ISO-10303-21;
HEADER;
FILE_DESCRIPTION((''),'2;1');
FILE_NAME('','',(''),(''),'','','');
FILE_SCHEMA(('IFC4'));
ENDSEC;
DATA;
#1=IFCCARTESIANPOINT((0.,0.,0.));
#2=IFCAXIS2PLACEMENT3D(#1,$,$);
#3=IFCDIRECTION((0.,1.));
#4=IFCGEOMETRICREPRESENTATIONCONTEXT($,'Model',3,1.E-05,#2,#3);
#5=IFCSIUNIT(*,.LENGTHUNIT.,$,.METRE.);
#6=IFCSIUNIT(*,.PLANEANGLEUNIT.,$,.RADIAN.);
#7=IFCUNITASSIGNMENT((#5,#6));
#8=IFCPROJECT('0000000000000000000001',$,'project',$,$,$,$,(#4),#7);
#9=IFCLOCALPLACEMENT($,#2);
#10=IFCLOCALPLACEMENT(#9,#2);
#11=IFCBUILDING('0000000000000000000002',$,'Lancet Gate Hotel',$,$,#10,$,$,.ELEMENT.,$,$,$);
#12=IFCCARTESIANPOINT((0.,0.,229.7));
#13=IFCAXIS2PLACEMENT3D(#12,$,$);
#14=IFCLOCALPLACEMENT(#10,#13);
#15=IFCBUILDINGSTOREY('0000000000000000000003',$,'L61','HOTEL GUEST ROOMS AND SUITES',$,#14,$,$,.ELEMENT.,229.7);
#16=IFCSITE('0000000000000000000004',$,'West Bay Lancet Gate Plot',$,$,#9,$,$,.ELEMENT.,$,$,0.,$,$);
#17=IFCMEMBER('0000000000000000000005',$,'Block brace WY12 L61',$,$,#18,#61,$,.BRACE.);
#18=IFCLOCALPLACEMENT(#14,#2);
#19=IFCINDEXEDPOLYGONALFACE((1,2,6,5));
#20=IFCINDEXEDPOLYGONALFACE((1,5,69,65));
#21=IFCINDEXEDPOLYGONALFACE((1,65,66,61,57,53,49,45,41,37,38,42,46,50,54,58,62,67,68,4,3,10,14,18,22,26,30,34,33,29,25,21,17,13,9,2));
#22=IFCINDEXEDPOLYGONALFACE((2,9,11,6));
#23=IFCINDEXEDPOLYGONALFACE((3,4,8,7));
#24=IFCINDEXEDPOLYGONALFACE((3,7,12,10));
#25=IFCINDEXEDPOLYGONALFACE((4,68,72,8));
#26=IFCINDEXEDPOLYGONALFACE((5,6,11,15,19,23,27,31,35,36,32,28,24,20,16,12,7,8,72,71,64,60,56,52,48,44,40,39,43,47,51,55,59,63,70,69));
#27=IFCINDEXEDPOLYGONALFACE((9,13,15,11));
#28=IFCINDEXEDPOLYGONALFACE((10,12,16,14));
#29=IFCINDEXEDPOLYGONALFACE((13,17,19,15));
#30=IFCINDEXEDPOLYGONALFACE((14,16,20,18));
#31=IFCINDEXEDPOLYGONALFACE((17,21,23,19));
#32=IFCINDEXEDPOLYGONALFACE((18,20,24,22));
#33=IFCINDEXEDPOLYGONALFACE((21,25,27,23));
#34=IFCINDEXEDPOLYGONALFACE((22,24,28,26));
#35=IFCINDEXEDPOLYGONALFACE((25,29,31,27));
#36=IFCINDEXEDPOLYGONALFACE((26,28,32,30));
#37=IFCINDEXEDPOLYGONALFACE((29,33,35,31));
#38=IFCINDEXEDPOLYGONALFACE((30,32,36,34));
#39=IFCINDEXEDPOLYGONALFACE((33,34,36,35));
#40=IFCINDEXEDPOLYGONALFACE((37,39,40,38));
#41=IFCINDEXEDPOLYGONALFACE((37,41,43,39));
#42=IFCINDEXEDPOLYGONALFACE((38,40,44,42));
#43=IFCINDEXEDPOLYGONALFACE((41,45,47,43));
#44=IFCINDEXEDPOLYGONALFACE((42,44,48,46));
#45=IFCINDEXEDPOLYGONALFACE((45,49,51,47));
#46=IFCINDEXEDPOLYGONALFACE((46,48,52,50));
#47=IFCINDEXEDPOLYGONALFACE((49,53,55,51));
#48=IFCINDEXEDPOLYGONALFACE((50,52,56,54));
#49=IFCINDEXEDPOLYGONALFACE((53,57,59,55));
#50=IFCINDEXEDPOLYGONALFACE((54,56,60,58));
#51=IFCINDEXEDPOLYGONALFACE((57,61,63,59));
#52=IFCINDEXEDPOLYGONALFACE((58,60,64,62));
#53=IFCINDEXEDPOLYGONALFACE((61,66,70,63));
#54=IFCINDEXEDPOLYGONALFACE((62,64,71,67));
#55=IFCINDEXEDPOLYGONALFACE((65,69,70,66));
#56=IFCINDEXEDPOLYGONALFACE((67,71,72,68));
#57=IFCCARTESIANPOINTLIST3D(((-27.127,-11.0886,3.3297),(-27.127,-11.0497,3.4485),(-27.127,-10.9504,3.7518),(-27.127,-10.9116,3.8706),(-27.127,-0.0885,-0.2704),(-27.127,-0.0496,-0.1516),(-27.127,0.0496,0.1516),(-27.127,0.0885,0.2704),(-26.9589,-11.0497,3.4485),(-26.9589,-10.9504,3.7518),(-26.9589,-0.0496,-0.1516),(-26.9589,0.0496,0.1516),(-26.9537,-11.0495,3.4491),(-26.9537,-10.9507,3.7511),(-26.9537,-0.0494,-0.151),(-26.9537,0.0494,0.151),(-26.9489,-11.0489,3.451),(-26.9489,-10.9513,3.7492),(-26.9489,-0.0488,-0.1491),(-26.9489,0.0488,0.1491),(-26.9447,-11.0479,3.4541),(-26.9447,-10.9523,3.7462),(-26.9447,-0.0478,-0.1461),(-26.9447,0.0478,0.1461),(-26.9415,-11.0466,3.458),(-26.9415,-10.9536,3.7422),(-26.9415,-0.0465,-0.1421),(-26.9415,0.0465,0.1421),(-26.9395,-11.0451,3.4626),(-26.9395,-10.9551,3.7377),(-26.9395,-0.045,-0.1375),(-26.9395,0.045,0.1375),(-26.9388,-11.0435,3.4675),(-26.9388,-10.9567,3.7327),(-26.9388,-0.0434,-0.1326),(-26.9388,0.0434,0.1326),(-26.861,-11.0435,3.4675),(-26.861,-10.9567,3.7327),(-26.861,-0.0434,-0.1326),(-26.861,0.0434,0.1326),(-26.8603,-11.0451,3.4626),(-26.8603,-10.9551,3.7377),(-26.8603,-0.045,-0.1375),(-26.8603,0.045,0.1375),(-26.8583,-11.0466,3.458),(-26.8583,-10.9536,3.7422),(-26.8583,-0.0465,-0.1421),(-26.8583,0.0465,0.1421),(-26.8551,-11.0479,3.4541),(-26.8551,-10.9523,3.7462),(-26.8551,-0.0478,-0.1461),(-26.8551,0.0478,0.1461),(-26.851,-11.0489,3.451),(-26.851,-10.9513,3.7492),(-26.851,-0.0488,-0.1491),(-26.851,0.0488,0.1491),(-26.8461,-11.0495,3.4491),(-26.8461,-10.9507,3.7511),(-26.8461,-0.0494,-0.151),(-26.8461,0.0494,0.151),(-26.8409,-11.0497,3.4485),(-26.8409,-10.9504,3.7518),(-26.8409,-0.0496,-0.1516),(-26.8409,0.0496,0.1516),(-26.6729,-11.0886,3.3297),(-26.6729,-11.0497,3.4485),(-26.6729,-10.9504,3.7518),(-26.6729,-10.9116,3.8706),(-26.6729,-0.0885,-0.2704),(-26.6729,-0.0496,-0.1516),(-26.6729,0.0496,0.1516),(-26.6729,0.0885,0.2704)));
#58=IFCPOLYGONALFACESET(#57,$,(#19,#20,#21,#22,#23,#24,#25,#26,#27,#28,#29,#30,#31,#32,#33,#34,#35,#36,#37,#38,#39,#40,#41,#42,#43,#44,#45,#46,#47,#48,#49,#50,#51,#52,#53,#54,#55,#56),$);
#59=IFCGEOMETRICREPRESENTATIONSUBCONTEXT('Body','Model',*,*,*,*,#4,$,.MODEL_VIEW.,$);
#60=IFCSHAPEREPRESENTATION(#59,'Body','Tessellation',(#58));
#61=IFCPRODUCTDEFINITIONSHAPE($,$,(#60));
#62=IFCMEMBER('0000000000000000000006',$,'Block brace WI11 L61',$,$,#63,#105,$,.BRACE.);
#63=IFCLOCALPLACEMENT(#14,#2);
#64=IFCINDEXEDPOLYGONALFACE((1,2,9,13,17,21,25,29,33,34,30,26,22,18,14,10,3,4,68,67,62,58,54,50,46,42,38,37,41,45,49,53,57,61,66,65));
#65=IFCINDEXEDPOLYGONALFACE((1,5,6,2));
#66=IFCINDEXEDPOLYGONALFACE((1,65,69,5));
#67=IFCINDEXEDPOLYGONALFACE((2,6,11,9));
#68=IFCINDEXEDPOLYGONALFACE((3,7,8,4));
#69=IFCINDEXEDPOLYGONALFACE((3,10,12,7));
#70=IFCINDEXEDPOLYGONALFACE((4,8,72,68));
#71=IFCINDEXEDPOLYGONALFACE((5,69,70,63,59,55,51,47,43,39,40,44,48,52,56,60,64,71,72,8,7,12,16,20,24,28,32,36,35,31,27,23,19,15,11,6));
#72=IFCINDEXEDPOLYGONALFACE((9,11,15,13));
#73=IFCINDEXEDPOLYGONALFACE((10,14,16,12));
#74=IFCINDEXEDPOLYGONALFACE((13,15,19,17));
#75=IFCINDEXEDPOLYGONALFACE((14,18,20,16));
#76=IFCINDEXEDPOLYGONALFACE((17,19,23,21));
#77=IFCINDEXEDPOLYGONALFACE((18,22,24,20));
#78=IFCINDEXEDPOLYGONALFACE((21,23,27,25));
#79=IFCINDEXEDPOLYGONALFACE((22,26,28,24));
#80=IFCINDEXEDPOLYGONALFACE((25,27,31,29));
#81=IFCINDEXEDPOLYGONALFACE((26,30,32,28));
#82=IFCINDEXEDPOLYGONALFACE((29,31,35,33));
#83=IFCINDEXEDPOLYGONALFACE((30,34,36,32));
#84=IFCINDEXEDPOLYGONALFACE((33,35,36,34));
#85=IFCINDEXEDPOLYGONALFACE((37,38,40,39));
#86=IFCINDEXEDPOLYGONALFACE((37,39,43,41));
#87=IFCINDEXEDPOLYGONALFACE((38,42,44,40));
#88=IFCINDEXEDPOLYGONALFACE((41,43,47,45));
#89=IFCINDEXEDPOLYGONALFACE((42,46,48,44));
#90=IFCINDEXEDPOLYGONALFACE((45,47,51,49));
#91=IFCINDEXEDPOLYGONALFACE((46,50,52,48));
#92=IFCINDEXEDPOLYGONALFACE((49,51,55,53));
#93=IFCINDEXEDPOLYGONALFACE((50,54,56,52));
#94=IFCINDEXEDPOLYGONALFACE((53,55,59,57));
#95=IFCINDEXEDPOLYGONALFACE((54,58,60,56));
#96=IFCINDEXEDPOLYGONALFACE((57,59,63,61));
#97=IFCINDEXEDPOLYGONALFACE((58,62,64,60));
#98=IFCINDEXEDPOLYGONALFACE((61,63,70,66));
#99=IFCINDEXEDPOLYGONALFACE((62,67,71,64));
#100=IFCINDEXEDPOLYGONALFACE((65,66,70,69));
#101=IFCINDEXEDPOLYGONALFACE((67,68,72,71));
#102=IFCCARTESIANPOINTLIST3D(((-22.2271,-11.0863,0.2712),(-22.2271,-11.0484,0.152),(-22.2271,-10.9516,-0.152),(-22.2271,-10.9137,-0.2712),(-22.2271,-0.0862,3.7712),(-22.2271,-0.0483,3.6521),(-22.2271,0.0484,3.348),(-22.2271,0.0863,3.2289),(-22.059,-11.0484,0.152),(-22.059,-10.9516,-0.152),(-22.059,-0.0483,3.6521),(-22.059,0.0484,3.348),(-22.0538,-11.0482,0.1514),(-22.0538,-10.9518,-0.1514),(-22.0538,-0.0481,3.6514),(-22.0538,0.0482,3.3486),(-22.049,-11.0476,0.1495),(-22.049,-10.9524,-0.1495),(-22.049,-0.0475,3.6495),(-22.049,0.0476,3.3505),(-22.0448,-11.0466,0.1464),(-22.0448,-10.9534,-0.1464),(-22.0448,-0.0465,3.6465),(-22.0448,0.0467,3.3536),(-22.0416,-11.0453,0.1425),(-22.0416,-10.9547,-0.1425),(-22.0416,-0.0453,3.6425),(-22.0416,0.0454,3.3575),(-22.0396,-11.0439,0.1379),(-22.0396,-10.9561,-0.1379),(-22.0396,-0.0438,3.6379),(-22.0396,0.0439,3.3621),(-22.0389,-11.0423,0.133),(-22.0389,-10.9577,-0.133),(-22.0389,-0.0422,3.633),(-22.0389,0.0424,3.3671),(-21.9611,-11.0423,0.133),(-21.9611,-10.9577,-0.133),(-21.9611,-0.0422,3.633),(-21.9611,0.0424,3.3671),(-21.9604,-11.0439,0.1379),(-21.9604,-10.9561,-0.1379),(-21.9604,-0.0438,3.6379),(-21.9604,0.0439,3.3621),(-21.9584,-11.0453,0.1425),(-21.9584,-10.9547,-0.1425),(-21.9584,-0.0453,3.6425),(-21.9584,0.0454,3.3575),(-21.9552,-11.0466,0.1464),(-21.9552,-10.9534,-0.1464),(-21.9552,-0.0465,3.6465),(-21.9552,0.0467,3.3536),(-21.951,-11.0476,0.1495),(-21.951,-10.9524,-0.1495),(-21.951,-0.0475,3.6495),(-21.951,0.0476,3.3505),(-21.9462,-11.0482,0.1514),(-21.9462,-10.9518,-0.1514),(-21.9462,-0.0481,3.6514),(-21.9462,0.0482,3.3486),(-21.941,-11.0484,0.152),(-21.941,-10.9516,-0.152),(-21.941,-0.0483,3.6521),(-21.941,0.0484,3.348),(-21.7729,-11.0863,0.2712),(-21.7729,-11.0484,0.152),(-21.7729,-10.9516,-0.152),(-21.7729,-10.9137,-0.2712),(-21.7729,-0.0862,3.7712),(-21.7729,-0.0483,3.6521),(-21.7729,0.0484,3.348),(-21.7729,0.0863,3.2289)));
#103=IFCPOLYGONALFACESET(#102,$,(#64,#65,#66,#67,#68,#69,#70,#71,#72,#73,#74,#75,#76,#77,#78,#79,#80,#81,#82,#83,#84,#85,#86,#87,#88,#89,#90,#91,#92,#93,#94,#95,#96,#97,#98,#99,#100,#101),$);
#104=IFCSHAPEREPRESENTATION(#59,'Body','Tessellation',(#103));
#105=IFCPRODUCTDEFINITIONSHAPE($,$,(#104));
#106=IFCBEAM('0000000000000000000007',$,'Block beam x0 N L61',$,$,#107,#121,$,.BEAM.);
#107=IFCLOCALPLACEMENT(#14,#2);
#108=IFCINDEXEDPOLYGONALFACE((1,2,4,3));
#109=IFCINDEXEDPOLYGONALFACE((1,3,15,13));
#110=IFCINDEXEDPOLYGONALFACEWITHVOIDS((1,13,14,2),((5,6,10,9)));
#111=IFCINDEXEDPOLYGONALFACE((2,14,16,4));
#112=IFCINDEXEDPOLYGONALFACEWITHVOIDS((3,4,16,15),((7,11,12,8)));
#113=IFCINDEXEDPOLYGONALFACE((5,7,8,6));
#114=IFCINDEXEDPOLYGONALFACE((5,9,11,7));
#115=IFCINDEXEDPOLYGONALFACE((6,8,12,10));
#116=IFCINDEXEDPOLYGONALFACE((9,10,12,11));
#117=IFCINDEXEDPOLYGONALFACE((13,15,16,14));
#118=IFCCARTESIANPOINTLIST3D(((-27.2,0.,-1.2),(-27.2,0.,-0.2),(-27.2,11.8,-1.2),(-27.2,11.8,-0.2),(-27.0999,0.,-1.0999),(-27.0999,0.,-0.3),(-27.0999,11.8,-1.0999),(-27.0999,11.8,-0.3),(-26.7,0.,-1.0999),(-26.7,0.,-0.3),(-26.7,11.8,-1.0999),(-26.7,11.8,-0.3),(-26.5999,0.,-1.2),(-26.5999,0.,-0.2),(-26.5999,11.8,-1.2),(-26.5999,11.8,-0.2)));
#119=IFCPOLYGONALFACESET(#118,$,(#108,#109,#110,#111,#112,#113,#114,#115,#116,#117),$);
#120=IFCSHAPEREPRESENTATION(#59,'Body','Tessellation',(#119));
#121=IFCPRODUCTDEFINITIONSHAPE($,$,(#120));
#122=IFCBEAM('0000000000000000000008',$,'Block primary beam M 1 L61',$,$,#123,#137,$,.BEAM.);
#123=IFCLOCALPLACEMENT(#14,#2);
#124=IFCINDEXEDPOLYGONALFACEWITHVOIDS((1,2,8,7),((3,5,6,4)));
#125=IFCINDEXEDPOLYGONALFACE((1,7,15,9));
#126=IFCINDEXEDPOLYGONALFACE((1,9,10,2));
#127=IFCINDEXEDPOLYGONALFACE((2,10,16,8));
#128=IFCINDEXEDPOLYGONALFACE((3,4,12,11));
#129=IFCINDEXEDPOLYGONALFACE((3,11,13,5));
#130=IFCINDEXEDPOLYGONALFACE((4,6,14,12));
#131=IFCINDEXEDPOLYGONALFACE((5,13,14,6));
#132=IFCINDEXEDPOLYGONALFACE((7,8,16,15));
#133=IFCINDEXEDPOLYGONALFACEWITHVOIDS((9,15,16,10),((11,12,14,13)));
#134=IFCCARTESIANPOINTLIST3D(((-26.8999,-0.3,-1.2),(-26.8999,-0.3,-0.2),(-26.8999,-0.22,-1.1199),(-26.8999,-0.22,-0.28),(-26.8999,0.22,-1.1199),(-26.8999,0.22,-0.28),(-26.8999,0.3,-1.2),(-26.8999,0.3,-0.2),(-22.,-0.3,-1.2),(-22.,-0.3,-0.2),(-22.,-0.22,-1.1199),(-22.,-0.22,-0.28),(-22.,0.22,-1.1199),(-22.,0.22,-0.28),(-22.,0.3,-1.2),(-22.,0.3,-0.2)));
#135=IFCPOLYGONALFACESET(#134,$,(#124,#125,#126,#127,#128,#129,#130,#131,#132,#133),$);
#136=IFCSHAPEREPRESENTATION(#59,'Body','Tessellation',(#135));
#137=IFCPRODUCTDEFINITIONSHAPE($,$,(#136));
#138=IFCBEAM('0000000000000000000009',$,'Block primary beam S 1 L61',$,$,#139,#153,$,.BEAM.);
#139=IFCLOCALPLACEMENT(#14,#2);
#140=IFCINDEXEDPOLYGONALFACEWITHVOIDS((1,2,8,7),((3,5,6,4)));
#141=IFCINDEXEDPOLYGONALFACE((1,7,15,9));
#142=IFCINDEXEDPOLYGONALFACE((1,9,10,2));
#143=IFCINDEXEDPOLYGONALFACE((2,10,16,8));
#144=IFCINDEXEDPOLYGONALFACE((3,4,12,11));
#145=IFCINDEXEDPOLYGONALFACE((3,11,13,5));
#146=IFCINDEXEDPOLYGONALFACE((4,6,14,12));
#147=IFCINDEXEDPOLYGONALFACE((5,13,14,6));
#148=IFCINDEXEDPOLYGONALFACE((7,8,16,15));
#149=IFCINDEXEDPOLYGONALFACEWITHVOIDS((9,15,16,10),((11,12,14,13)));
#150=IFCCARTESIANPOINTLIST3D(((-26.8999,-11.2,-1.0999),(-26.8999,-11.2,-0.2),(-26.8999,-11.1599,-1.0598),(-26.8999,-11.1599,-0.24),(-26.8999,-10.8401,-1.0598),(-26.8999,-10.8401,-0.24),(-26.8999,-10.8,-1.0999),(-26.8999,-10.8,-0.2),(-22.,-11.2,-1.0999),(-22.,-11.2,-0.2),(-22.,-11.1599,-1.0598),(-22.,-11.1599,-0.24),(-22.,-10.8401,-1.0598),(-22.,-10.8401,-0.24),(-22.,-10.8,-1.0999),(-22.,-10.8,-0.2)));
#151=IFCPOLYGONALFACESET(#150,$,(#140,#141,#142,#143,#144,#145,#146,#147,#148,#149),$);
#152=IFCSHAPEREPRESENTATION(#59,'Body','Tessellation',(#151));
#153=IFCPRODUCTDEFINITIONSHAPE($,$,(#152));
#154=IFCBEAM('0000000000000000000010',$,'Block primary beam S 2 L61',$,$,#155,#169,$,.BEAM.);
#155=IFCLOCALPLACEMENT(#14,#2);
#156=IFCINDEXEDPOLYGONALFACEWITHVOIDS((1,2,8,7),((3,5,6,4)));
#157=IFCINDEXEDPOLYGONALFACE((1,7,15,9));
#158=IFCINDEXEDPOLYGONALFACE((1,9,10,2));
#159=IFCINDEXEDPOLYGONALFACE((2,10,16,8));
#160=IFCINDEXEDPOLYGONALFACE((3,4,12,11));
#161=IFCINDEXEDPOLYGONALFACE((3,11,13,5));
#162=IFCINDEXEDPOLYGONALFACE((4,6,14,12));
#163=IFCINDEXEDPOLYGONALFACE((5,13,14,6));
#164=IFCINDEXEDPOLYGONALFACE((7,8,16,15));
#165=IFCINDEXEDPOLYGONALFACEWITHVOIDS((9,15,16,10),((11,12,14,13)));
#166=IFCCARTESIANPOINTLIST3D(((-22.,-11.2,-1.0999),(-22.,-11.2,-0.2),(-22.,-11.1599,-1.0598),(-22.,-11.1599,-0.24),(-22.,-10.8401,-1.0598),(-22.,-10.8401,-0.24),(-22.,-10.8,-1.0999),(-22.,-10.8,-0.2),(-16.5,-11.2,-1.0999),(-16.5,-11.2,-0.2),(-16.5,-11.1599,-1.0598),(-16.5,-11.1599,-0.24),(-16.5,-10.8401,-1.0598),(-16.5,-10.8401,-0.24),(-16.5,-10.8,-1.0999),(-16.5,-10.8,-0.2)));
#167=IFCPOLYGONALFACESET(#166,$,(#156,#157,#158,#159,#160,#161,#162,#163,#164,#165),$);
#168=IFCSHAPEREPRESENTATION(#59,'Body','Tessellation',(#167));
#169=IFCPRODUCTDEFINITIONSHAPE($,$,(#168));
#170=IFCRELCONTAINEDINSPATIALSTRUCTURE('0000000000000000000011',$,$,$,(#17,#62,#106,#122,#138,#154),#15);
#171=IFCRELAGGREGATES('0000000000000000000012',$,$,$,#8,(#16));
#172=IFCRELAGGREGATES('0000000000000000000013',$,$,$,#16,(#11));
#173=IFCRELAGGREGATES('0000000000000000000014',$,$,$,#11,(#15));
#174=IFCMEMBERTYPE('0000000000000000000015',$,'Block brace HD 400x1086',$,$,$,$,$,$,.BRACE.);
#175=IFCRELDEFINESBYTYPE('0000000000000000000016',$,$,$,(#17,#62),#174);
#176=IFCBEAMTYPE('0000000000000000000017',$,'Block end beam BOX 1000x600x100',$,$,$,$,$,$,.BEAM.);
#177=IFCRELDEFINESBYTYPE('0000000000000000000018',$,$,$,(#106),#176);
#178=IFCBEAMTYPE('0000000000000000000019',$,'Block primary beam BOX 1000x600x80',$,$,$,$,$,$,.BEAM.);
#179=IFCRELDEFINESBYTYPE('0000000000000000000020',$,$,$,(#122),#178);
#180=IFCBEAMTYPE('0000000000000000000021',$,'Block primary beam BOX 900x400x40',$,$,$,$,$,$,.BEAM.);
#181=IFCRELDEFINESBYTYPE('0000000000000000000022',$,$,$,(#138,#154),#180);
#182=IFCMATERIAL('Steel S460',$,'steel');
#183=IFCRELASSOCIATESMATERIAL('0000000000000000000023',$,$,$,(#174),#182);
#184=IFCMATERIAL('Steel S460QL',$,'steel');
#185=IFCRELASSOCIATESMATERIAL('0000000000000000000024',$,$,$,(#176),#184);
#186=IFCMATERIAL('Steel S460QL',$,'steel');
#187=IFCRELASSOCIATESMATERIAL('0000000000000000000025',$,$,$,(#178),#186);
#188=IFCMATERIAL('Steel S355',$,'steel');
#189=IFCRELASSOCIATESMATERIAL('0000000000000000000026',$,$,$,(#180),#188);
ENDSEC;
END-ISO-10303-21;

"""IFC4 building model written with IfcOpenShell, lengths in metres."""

from ifc_helpers import new_model, si_unit, direction, frame, origin, origin_2d, place, context, subcontext, project, spatial, hollow_rectangle, i_section, extrude, material, material_profile, profile_set, type_object, element, save


model = new_model("IFC4")

# Units and contexts
model_context = context("Model", 3, precision=1e-05, world=origin(), true_north=direction((0.0, 1.0)))
body_context = subcontext(model_context, "Body", "Model", "MODEL_VIEW")
ifc_project = project(units=[si_unit("LENGTHUNIT", "METRE"), si_unit("PLANEANGLEUNIT", "RADIAN")], contexts=[model_context])

# Site, building, storey
site_placement = place(None, origin())
site = spatial("IfcSite", under=ifc_project, at=site_placement, Name="West Bay Lancet Gate Plot", CompositionType="ELEMENT", RefElevation=0.0)
building_placement = place(site_placement, origin())
building = spatial("IfcBuilding", under=site, at=building_placement, Name="Lancet Gate Hotel", CompositionType="ELEMENT")
storey_placement = place(building_placement, frame((0.0, 0.0, 229.7)))
storey = spatial("IfcBuildingStorey", under=building, at=storey_placement, Name="L61", Description="HOTEL GUEST ROOMS AND SUITES", CompositionType="ELEMENT", Elevation=229.7)

# Members
ifc_material_1 = material(Name="Steel S460", Category="steel")
ifc_material_profile_1 = material_profile(ifc_material_1, i_section(OverallWidth=0.4541, OverallDepth=0.5691, WebThickness=0.0779, FlangeThickness=0.125, FilletRadius=0.02, at=origin_2d()), Name="HD 400x1086")
ifc_profile_set_1 = profile_set([ifc_material_profile_1], Name="Steel S460")
member_type = type_object("IfcMemberType", Name="Block brace HD 400x1086", PredefinedType="BRACE", material=ifc_profile_set_1)
member_1_placement = place(storey_placement, frame((-26.8999, 0.0, 0.0), z_axis=(0.0, -0.950395, 0.311047), x_axis=(1.0, 0.0, 0.0)))
element("IfcMember", 1, at=member_1_placement, inside=storey, type_object=member_type, Name="Block brace WY12 L61", PredefinedType="BRACE", context=body_context, shape_type="SweptSolid", body=[
    extrude(i_section(OverallWidth=0.4541, OverallDepth=0.5691, WebThickness=0.0779, FlangeThickness=0.125, FilletRadius=0.02, at=origin_2d()), origin(), (0.0, 0.0, 1.0), 11.5742),
])
member_2_placement = place(storey_placement, frame((-22.0, -11.0, 0.0), z_axis=(0.0, 0.952926, 0.303204), x_axis=(-1.0, 0.0, 0.0)))
element("IfcMember", 2, at=member_2_placement, inside=storey, type_object=member_type, Name="Block brace WI11 L61", PredefinedType="BRACE", context=body_context, shape_type="SweptSolid", body=[
    extrude(i_section(OverallWidth=0.4541, OverallDepth=0.5691, WebThickness=0.0779, FlangeThickness=0.125, FilletRadius=0.02, at=origin_2d()), origin(), (0.0, 0.0, 1.0), 11.5435),
])

# Beams
ifc_material_2 = material(Name="Steel S460QL", Category="steel")
ifc_material_profile_2 = material_profile(ifc_material_2, hollow_rectangle(XDim=0.6001, YDim=1.0, WallThickness=0.1001, at=origin_2d()), Name="BOX 1000x600x100")
ifc_profile_set_2 = profile_set([ifc_material_profile_2], Name="Steel S460QL")
beam_type_1 = type_object("IfcBeamType", Name="Block end beam BOX 1000x600x100", PredefinedType="BEAM", material=ifc_profile_set_2)
beam_1_placement = place(storey_placement, frame((-26.8999, 0.0, -0.7), z_axis=(0.0, 1.0, 0.0), x_axis=(-1.0, 0.0, 0.0)))
element("IfcBeam", 3, at=beam_1_placement, inside=storey, type_object=beam_type_1, Name="Block beam x0 N L61", PredefinedType="BEAM", context=body_context, shape_type="SweptSolid", body=[
    extrude(hollow_rectangle(XDim=0.6001, YDim=1.0, WallThickness=0.1001, at=origin_2d()), origin(), (0.0, 0.0, 1.0), 11.8),
])
ifc_material_3 = material(Name="Steel S460QL", Category="steel")
ifc_material_profile_3 = material_profile(ifc_material_3, hollow_rectangle(XDim=0.6001, YDim=1.0, WallThickness=0.0801, at=origin_2d()), Name="BOX 1000x600x80")
ifc_profile_set_3 = profile_set([ifc_material_profile_3], Name="Steel S460QL")
beam_type_2 = type_object("IfcBeamType", Name="Block primary beam BOX 1000x600x80", PredefinedType="BEAM", material=ifc_profile_set_3)
beam_2_placement = place(storey_placement, frame((-26.8999, 0.0, -0.7), z_axis=(1.0, 0.0, 0.0), x_axis=(0.0, 1.0, 0.0)))
element("IfcBeam", 4, at=beam_2_placement, inside=storey, type_object=beam_type_2, Name="Block primary beam M 1 L61", PredefinedType="BEAM", context=body_context, shape_type="SweptSolid", body=[
    extrude(hollow_rectangle(XDim=0.6001, YDim=1.0, WallThickness=0.0801, at=origin_2d()), origin(), (0.0, 0.0, 1.0), 4.8999),
])
ifc_material_4 = material(Name="Steel S355", Category="steel")
ifc_material_profile_4 = material_profile(ifc_material_4, hollow_rectangle(XDim=0.3999, YDim=0.8999, WallThickness=0.04, at=origin_2d()), Name="BOX 900x400x40")
ifc_profile_set_4 = profile_set([ifc_material_profile_4], Name="Steel S355")
beam_type_3 = type_object("IfcBeamType", Name="Block primary beam BOX 900x400x40", PredefinedType="BEAM", material=ifc_profile_set_4)
beam_3_placement = place(storey_placement, frame((-26.8999, -11.0, -0.6499), z_axis=(1.0, 0.0, 0.0), x_axis=(0.0, 1.0, 0.0)))
element("IfcBeam", 5, at=beam_3_placement, inside=storey, type_object=beam_type_3, Name="Block primary beam S 1 L61", PredefinedType="BEAM", context=body_context, shape_type="SweptSolid", body=[
    extrude(hollow_rectangle(XDim=0.3999, YDim=0.8999, WallThickness=0.04, at=origin_2d()), origin(), (0.0, 0.0, 1.0), 4.8999),
])
beam_4_placement = place(storey_placement, frame((-22.0, -11.0, -0.6499), z_axis=(1.0, 0.0, 0.0), x_axis=(0.0, 1.0, 0.0)))
element("IfcBeam", 6, at=beam_4_placement, inside=storey, type_object=beam_type_3, Name="Block primary beam S 2 L61", PredefinedType="BEAM", context=body_context, shape_type="SweptSolid", body=[
    extrude(hollow_rectangle(XDim=0.3999, YDim=0.8999, WallThickness=0.04, at=origin_2d()), origin(), (0.0, 0.0, 1.0), 5.5),
])

save(model, "model.ifc")
